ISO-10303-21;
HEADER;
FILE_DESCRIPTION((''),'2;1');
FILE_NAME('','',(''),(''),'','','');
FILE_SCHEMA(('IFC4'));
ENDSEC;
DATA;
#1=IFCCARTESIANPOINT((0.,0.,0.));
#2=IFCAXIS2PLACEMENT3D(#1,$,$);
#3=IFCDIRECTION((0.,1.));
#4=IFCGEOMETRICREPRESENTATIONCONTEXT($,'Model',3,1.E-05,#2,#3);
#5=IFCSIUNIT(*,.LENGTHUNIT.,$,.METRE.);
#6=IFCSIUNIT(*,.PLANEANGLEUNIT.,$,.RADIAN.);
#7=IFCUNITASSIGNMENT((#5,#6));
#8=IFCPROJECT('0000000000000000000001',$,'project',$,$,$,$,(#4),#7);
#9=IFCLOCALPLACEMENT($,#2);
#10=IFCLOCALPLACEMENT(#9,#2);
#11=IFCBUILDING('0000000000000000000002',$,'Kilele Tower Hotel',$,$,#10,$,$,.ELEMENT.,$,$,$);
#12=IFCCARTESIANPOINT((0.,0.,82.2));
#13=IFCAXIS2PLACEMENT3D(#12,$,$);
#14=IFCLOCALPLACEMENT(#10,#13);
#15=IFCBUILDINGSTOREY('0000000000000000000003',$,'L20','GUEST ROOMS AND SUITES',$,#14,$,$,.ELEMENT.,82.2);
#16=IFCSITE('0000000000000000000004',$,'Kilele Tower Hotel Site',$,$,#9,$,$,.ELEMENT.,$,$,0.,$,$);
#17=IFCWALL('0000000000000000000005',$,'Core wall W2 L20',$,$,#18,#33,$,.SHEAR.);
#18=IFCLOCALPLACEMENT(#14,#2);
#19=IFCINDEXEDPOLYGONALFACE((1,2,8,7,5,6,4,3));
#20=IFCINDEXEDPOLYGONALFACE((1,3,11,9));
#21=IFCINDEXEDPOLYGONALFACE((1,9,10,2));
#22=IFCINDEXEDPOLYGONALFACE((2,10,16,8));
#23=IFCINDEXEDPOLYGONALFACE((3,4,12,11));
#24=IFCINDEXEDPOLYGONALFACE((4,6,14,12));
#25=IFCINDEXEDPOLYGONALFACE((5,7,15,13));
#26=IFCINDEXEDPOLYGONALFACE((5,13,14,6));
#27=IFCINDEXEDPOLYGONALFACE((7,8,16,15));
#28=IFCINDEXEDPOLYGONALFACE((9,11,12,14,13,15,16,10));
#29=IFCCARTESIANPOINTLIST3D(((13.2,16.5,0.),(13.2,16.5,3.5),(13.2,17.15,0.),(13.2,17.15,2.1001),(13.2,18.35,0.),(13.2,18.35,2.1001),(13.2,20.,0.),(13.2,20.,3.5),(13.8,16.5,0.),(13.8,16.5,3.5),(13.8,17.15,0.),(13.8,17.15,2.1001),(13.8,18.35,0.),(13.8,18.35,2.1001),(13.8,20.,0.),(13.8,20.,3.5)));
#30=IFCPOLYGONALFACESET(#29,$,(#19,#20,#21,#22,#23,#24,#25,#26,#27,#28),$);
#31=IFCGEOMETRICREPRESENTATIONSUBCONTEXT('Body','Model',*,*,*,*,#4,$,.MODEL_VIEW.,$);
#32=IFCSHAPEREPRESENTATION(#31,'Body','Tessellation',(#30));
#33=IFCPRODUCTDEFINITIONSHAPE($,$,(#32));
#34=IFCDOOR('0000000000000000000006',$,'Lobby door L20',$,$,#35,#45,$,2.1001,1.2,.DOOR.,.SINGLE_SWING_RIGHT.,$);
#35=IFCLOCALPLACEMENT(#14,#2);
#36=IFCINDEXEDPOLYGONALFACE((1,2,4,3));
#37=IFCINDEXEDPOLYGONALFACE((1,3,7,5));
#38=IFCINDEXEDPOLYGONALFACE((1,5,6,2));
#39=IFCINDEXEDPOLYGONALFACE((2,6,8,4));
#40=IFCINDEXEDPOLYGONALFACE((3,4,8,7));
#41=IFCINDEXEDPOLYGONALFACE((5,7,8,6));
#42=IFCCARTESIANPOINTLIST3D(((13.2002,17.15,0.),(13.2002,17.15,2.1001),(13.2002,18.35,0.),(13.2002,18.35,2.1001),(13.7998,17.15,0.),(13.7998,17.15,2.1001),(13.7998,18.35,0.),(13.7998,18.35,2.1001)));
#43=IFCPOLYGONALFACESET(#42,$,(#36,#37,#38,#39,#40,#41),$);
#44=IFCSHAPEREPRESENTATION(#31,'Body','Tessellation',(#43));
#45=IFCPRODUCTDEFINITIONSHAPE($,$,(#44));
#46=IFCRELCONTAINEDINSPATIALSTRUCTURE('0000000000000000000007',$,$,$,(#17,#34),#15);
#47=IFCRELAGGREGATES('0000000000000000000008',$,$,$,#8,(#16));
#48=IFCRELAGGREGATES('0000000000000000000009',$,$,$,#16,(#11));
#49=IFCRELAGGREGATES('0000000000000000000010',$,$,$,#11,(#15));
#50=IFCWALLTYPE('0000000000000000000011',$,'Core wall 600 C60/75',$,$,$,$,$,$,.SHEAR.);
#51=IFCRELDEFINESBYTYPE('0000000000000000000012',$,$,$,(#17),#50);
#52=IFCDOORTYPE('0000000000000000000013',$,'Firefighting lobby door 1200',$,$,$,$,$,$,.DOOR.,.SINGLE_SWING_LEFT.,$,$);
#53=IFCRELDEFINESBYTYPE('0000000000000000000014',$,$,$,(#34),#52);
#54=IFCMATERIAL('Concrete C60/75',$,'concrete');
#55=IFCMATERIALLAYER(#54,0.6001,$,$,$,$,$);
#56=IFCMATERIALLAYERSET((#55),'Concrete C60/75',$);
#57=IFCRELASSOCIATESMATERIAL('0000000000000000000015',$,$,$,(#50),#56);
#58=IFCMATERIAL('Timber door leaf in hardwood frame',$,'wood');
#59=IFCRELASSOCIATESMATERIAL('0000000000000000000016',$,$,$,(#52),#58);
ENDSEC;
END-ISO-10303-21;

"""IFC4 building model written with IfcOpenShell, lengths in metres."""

from ifc_helpers import new_model, si_unit, direction, frame, frame_2d, origin, place, context, subcontext, project, spatial, rectangle, extrude, material, layer, layer_set, type_object, element, fill, save


model = new_model("IFC4")

# Units and contexts
model_context = context("Model", 3, precision=1e-05, world=origin(), true_north=direction((0.0, 1.0)))
body_context = subcontext(model_context, "Body", "Model", "MODEL_VIEW")
ifc_project = project(units=[si_unit("LENGTHUNIT", "METRE"), si_unit("PLANEANGLEUNIT", "RADIAN")], contexts=[model_context])

# Site, building, storey
site_placement = place(None, origin())
site = spatial("IfcSite", under=ifc_project, at=site_placement, Name="Kilele Tower Hotel Site", CompositionType="ELEMENT", RefElevation=0.0)
building_placement = place(site_placement, origin())
building = spatial("IfcBuilding", under=site, at=building_placement, Name="Kilele Tower Hotel", CompositionType="ELEMENT")
storey_placement = place(building_placement, frame((0.0, 0.0, 82.2)))
storey = spatial("IfcBuildingStorey", under=building, at=storey_placement, Name="L20", Description="GUEST ROOMS AND SUITES", CompositionType="ELEMENT", Elevation=82.2)

# Shared definitions
ifc_material_1 = material(Name="Concrete C60/75", Category="concrete")
ifc_layer_1 = layer(ifc_material_1, 0.6001)
ifc_layer_set_1 = layer_set([ifc_layer_1], Name="Concrete C60/75")
wall_type_1 = type_object("IfcWallType", Name="Core wall 600 C60/75", PredefinedType="SHEAR", material=ifc_layer_set_1)

# Wall, opening, door
wall_1_placement = place(storey_placement, frame((13.5, 20.0, 0.0), z_axis=(0.0, 0.0, 1.0), x_axis=(0.0, -1.0, 0.0)))
wall_1 = element("IfcWall", 1, at=wall_1_placement, inside=storey, type_object=wall_type_1, Name="Core wall W2 L20", PredefinedType="SHEAR", context=body_context, shape_type="SweptSolid", body=[
    extrude(rectangle(XDim=3.5, YDim=0.6001, at=frame_2d((1.75, 0.0))), origin(), (0.0, 0.0, 1.0), 3.5),
])
opening_1_placement = place(wall_1_placement, frame((1.6499, 0.0, 0.0)))
opening_1 = element("IfcOpeningElement", 2, at=opening_1_placement, cuts=wall_1, PredefinedType="OPENING", context=body_context, shape_type="SweptSolid", body=[
    extrude(rectangle(XDim=1.2, YDim=2.1001, at=frame_2d((0.6001, 1.05))), frame((0.0, 0.3101, 0.0), z_axis=(0.0, -1.0, 0.0), x_axis=(1.0, 0.0, 0.0)), (0.0, 0.0, 1.0), 0.6201),
])
ifc_material_2 = material(Name="Timber door leaf in hardwood frame", Category="wood")
door_type_1 = type_object("IfcDoorType", Name="Firefighting lobby door 1200", OperationType="SINGLE_SWING_LEFT", PredefinedType="DOOR", material=ifc_material_2)
door_1_placement = place(opening_1_placement, origin())
door_1 = element("IfcDoor", 3, at=door_1_placement, inside=storey, type_object=door_type_1, Name="Lobby door L20", OperationType="SINGLE_SWING_RIGHT", OverallHeight=2.1001, OverallWidth=1.2, PredefinedType="DOOR", context=body_context, shape_type="SweptSolid", body=[
    extrude(rectangle(XDim=1.2, YDim=2.1001, at=frame_2d((0.6001, 1.05))), frame((0.0, 0.2998, 0.0), z_axis=(0.0, -1.0, 0.0), x_axis=(1.0, 0.0, 0.0)), (0.0, 0.0, 1.0), 0.5996),
])
fill(opening_1, door_1)

save(model, "model.ifc")
